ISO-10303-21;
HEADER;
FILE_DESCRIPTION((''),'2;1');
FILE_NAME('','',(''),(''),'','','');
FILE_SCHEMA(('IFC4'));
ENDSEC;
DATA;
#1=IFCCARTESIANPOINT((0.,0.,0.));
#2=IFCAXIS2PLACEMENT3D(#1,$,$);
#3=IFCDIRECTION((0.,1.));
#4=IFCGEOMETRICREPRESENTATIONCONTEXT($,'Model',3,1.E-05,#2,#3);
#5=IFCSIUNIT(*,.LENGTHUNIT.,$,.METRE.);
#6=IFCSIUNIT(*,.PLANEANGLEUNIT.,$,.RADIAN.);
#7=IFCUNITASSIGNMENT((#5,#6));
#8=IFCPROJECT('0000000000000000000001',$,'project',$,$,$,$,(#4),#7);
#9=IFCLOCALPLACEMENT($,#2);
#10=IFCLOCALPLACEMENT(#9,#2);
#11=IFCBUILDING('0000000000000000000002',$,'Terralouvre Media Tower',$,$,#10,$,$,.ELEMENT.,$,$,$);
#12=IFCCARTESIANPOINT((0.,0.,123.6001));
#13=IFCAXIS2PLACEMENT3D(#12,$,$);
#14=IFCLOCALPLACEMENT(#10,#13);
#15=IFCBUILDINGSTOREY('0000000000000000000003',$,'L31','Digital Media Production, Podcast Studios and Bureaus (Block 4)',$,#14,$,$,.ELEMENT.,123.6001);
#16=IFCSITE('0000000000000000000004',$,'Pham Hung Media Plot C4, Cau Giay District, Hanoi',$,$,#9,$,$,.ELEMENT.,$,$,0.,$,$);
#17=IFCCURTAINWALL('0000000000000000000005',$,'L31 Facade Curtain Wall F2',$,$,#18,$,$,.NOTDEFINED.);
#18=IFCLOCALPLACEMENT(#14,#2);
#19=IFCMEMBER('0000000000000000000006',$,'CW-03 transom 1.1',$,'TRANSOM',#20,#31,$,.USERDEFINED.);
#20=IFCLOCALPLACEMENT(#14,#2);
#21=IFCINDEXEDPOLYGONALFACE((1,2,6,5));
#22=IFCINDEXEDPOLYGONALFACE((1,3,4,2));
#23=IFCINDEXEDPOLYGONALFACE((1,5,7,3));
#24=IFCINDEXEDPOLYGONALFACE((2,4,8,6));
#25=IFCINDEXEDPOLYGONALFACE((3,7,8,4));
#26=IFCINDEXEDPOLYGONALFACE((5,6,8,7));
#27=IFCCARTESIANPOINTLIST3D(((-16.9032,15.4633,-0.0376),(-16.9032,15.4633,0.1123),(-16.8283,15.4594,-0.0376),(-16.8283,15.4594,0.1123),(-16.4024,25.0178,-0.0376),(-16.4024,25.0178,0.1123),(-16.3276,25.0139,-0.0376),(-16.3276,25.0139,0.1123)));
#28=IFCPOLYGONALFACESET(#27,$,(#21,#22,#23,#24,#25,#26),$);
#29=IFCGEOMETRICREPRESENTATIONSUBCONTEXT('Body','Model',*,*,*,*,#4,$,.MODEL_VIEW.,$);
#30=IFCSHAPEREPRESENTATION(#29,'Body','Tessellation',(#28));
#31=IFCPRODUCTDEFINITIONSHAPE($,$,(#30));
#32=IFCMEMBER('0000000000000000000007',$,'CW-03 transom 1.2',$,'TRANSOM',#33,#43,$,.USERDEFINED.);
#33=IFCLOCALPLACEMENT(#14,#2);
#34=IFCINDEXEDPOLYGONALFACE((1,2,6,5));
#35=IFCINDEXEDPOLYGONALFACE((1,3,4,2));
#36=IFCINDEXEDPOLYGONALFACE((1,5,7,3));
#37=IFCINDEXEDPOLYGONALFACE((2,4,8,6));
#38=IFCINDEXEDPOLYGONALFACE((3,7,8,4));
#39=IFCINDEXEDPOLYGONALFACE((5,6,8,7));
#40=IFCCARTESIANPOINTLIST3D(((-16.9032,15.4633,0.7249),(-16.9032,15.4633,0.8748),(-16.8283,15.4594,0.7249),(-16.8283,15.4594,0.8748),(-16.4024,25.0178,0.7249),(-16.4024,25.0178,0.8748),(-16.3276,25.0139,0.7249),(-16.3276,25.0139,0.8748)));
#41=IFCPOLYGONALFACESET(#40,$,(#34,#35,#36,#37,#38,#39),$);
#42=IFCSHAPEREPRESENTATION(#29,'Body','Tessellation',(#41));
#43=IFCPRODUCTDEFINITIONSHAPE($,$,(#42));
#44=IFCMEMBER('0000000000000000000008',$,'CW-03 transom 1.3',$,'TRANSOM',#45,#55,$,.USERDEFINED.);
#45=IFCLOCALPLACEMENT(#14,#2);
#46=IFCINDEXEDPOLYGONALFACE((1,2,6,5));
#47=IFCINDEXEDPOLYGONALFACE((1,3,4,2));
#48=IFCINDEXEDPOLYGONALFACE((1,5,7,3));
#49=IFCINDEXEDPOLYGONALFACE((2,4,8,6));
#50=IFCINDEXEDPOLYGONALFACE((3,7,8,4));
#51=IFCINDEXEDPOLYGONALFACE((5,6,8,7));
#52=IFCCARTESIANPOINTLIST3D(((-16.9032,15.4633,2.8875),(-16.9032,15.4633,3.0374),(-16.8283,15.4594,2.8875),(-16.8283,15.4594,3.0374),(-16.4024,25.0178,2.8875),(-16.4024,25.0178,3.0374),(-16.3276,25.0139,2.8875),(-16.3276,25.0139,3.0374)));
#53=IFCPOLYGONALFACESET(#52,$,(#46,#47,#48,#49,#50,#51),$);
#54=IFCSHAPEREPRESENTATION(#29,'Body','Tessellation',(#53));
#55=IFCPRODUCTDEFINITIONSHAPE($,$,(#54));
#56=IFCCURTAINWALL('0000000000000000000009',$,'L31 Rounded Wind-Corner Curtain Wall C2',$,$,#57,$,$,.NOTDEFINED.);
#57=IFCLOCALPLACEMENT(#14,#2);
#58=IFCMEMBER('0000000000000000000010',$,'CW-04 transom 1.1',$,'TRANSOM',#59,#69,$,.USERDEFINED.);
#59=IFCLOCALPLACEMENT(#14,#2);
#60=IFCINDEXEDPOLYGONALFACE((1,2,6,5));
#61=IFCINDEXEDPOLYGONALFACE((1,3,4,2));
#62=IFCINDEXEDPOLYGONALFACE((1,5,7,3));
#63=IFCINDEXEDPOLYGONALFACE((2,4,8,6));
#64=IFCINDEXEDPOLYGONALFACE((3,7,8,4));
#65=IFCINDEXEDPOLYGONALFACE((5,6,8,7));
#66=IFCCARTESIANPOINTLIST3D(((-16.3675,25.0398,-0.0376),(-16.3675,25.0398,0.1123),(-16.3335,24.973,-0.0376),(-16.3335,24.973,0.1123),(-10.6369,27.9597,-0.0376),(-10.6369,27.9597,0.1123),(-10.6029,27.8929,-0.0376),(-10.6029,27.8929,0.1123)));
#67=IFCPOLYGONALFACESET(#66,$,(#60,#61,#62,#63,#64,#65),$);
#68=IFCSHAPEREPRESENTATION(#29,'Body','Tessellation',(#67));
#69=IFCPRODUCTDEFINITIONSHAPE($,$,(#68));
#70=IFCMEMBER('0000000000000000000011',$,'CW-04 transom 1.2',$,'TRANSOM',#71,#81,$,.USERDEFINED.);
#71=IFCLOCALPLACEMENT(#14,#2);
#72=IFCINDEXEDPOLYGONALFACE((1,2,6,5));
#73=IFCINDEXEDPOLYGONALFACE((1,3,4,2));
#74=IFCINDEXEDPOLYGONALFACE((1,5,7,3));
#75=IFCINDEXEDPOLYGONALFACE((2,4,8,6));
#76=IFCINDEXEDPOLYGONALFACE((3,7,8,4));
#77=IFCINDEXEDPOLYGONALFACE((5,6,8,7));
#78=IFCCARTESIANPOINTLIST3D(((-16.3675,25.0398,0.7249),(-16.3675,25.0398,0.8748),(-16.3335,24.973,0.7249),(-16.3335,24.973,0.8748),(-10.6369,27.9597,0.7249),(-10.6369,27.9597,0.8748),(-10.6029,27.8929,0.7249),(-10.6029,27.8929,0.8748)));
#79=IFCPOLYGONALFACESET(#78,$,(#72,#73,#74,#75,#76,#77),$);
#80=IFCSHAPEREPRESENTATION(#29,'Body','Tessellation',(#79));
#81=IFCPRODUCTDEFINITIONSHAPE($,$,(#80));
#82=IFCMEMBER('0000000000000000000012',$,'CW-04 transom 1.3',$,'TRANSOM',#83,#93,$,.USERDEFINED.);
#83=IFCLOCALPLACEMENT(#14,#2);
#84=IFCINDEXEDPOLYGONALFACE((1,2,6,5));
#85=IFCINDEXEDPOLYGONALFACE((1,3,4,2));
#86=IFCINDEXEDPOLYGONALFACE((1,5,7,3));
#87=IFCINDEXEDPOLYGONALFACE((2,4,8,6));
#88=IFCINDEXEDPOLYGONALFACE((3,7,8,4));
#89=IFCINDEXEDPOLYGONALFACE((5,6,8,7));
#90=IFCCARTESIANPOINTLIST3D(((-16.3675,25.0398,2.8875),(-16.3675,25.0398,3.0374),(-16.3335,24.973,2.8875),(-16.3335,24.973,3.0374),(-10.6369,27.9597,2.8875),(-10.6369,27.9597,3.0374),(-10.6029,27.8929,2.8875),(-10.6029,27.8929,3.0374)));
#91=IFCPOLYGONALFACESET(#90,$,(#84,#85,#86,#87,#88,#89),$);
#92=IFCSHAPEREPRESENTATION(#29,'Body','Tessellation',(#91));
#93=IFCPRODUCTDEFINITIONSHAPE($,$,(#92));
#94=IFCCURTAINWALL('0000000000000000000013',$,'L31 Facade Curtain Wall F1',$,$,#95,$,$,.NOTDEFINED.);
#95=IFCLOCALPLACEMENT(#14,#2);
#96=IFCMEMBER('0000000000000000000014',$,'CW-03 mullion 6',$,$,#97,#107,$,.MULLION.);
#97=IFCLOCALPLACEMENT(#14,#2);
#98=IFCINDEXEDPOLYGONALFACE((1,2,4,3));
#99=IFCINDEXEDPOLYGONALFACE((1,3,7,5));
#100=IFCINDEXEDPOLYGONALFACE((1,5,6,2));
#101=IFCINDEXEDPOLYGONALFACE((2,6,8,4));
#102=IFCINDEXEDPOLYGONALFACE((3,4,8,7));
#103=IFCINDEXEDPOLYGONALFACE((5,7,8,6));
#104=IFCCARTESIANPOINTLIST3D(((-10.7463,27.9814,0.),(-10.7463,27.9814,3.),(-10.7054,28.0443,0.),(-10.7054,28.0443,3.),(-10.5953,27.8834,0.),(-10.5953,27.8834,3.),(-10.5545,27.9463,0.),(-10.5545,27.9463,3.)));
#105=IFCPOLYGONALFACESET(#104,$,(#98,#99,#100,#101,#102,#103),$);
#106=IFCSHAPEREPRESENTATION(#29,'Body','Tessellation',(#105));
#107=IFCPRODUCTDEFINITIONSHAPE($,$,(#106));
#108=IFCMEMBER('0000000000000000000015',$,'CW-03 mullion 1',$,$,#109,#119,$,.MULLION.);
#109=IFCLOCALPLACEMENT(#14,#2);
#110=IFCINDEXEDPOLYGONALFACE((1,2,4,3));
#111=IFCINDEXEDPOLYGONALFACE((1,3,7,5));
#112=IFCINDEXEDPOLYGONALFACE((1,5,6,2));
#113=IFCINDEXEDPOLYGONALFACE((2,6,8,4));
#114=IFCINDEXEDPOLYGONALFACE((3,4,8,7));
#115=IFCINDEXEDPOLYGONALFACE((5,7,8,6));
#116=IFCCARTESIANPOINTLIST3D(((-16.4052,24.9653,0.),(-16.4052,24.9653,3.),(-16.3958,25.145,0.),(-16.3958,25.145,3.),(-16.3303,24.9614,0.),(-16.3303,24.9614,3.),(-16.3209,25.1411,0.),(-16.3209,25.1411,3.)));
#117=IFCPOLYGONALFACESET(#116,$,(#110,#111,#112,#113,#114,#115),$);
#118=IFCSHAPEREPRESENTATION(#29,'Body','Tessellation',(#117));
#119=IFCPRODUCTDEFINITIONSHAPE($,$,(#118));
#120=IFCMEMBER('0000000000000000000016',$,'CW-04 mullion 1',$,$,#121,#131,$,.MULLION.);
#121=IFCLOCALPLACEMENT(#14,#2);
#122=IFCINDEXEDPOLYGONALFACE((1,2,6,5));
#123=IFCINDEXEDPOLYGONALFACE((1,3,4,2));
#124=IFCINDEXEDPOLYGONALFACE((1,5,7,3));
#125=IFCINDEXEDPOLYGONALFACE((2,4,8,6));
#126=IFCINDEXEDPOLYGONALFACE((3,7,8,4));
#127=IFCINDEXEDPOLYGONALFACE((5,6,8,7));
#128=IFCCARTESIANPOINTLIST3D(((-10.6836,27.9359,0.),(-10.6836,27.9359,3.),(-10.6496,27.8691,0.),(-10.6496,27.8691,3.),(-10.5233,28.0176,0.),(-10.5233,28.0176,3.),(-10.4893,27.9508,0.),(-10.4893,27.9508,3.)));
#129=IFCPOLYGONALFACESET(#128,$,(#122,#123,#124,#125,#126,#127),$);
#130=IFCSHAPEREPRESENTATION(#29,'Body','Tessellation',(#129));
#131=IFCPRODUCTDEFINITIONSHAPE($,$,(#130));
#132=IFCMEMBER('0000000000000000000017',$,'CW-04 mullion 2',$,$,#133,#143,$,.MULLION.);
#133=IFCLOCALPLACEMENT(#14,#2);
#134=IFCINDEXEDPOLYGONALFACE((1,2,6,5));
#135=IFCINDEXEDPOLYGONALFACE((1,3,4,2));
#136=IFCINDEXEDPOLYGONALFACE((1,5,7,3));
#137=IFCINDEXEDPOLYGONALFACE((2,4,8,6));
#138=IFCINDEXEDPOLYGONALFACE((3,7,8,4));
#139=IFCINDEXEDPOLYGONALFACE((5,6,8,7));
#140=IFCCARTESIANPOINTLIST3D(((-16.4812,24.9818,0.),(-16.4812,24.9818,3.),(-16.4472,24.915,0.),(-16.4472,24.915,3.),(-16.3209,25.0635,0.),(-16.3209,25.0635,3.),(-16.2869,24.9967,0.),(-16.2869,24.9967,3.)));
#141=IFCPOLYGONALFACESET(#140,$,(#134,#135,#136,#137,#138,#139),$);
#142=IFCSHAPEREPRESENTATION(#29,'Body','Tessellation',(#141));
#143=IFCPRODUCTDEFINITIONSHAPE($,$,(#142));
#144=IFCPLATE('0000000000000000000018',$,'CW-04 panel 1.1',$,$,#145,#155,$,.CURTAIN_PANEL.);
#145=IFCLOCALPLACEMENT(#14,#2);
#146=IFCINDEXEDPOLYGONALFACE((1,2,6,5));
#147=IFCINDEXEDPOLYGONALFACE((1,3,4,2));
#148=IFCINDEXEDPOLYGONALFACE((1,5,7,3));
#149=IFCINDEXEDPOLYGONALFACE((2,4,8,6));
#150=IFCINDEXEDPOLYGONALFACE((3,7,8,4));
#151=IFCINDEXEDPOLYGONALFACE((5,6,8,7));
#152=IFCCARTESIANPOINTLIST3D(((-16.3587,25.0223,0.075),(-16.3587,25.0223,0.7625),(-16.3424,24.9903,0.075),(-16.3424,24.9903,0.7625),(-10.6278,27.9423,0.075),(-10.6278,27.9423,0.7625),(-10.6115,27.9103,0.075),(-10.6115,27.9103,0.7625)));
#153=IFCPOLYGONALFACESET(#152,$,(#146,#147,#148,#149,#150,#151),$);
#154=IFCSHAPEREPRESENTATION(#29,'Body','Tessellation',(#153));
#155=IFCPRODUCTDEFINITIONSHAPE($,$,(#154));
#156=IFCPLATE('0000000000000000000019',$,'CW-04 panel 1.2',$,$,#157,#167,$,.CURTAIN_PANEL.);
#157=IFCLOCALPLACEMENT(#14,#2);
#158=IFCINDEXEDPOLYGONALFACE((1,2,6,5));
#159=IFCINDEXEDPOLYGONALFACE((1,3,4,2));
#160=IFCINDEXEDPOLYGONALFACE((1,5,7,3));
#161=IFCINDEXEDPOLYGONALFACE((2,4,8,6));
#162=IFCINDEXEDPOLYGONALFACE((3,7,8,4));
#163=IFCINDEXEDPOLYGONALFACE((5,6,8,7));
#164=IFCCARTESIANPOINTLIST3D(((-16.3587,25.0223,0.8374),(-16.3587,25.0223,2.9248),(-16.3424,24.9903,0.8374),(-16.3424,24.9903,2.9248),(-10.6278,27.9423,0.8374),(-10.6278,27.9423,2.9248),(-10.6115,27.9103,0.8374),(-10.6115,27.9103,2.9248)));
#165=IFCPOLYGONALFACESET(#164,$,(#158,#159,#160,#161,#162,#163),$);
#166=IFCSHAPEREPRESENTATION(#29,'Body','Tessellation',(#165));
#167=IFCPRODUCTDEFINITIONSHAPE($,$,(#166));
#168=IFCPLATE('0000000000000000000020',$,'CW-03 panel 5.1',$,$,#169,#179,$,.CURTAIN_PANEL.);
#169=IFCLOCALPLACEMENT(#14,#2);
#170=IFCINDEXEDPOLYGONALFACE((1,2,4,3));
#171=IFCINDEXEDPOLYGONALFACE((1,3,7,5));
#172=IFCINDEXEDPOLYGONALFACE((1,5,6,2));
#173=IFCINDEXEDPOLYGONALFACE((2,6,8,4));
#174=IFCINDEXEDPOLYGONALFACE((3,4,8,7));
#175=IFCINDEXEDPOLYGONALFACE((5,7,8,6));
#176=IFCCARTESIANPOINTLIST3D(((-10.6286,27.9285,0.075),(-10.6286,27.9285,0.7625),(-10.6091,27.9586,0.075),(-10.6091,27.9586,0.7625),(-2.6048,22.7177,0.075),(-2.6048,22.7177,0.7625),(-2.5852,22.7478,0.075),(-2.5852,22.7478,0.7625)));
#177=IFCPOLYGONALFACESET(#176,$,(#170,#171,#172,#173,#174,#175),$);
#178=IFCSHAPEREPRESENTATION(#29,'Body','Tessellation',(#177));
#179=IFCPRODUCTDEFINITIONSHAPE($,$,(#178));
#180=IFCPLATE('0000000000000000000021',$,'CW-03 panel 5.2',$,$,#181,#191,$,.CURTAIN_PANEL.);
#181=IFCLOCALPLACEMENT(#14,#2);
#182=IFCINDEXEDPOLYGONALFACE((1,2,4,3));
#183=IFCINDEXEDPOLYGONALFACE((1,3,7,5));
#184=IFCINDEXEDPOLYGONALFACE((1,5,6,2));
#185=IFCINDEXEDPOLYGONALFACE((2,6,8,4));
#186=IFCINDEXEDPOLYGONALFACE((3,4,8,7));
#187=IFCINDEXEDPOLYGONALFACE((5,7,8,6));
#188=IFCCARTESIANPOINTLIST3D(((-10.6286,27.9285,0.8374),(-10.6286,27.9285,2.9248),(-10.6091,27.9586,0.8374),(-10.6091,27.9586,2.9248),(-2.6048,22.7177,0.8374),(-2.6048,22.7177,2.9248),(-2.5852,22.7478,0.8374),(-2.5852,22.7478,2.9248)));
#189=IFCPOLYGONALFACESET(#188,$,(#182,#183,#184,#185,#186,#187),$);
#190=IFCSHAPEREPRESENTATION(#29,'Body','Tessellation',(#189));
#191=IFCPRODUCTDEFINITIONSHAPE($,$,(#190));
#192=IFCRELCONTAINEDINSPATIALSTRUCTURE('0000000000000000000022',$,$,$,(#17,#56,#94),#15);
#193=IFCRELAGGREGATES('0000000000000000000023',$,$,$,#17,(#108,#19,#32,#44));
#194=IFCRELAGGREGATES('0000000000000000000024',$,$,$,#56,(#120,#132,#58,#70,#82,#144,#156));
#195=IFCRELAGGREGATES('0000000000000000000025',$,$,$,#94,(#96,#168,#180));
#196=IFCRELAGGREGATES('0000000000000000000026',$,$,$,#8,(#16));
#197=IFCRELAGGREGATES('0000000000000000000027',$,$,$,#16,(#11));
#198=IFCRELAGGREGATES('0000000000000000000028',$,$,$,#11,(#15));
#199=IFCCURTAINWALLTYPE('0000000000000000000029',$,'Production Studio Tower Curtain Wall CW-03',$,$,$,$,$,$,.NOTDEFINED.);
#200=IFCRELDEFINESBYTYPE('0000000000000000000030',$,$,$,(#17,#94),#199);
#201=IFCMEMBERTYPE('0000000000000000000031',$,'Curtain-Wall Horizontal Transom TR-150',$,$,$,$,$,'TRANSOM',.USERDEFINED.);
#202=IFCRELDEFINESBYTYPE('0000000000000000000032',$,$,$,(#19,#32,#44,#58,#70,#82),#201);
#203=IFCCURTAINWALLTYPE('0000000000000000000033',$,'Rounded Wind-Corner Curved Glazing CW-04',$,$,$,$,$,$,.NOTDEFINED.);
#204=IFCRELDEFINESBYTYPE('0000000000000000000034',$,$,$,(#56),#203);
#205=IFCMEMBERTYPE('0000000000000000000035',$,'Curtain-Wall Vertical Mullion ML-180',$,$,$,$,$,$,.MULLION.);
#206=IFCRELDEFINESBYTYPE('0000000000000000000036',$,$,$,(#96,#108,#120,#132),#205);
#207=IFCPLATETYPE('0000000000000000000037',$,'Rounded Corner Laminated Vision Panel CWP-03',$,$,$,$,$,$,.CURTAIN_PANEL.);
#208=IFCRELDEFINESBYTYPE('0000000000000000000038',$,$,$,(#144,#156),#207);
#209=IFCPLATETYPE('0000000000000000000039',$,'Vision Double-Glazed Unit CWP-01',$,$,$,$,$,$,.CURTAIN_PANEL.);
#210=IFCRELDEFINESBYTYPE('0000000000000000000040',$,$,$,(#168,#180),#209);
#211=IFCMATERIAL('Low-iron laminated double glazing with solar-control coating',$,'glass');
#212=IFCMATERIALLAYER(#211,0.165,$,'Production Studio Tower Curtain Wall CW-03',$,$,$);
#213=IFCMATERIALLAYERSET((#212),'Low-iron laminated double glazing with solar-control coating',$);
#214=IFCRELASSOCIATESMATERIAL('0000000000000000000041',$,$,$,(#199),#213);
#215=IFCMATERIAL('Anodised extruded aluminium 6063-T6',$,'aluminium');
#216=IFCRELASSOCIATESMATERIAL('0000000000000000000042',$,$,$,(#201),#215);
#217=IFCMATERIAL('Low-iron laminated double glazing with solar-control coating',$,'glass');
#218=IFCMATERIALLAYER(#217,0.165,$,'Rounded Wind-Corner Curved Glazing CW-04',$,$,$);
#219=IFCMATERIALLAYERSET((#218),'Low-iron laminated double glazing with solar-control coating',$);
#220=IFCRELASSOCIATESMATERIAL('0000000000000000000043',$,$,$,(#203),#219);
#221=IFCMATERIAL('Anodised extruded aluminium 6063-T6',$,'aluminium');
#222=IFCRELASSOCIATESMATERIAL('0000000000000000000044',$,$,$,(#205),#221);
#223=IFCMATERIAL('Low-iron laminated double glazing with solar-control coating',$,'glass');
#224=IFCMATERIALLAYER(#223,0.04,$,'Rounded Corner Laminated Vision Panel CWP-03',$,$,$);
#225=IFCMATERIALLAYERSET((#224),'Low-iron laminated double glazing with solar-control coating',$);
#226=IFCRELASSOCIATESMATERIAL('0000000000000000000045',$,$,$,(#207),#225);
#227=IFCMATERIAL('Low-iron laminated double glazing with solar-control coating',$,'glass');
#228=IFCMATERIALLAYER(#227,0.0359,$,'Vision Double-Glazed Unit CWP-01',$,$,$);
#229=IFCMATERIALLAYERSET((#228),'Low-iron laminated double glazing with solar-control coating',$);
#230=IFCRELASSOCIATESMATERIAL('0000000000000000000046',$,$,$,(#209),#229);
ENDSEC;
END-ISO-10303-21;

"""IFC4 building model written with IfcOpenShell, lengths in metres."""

from ifc_helpers import new_model, si_unit, direction, frame, origin, origin_2d, place, context, subcontext, project, spatial, rectangle, extrude, material, layer, layer_set, material_profile, profile_set, type_object, element, aggregate, save


model = new_model("IFC4")

# Units and contexts
model_context = context("Model", 3, precision=1e-05, world=origin(), true_north=direction((0.0, 1.0)))
body_context = subcontext(model_context, "Body", "Model", "MODEL_VIEW")
ifc_project = project(units=[si_unit("LENGTHUNIT", "METRE"), si_unit("PLANEANGLEUNIT", "RADIAN")], contexts=[model_context])

# Site, building, storey
site_placement = place(None, origin())
site = spatial("IfcSite", under=ifc_project, at=site_placement, Name="Pham Hung Media Plot C4, Cau Giay District, Hanoi", CompositionType="ELEMENT", RefElevation=0.0)
building_placement = place(site_placement, origin())
building = spatial("IfcBuilding", under=site, at=building_placement, Name="Terralouvre Media Tower", CompositionType="ELEMENT")
storey_placement = place(building_placement, frame((0.0, 0.0, 123.6001)))
storey = spatial("IfcBuildingStorey", under=building, at=storey_placement, Name="L31", Description="Digital Media Production, Podcast Studios and Bureaus (Block 4)", CompositionType="ELEMENT", Elevation=123.6001)

# Curtain walls, members
ifc_material_1 = material(Name="Low-iron laminated double glazing with solar-control coating", Category="glass")
ifc_layer_1 = layer(ifc_material_1, 0.165, Name="Production Studio Tower Curtain Wall CW-03")
ifc_layer_set_1 = layer_set([ifc_layer_1], Name="Low-iron laminated double glazing with solar-control coating")
curtain_wall_type_1 = type_object("IfcCurtainWallType", Name="Production Studio Tower Curtain Wall CW-03", PredefinedType="NOTDEFINED", material=ifc_layer_set_1)
curtain_wall_1_placement = place(storey_placement, origin())
curtain_wall_1 = element("IfcCurtainWall", 1, at=curtain_wall_1_placement, inside=storey, type_object=curtain_wall_type_1, Name="L31 Facade Curtain Wall F2", PredefinedType="NOTDEFINED")
ifc_material_2 = material(Name="Anodised extruded aluminium 6063-T6", Category="aluminium")
ifc_material_profile_1 = material_profile(ifc_material_2, rectangle(XDim=0.075, YDim=0.1499, at=origin_2d()), Name="ALU 75x150")
ifc_profile_set_1 = profile_set([ifc_material_profile_1], Name="Anodised extruded aluminium 6063-T6")
member_type_1 = type_object("IfcMemberType", Name="Curtain-Wall Horizontal Transom TR-150", ElementType="TRANSOM", PredefinedType="USERDEFINED", material=ifc_profile_set_1)
member_1_placement = place(storey_placement, frame((-16.365, 25.0159, 0.0374), z_axis=(-0.052337, -0.99863, 0.0), x_axis=(0.99863, -0.052337, 0.0)))
member_1 = element("IfcMember", 2, at=member_1_placement, type_object=member_type_1, Name="CW-03 transom 1.1", ObjectType="TRANSOM", PredefinedType="USERDEFINED", context=body_context, shape_type="SweptSolid", body=[
    extrude(rectangle(XDim=0.075, YDim=0.1499, at=origin_2d()), origin(), (0.0, 0.0, 1.0), 9.5676),
])
member_2_placement = place(storey_placement, frame((-16.365, 25.0159, 0.7998), z_axis=(-0.052337, -0.99863, 0.0), x_axis=(0.99863, -0.052337, 0.0)))
member_2 = element("IfcMember", 3, at=member_2_placement, type_object=member_type_1, Name="CW-03 transom 1.2", ObjectType="TRANSOM", PredefinedType="USERDEFINED", context=body_context, shape_type="SweptSolid", body=[
    extrude(rectangle(XDim=0.075, YDim=0.1499, at=origin_2d()), origin(), (0.0, 0.0, 1.0), 9.5676),
])
member_3_placement = place(storey_placement, frame((-16.365, 25.0159, 2.9624), z_axis=(-0.052337, -0.99863, 0.0), x_axis=(0.99863, -0.052337, 0.0)))
member_3 = element("IfcMember", 4, at=member_3_placement, type_object=member_type_1, Name="CW-03 transom 1.3", ObjectType="TRANSOM", PredefinedType="USERDEFINED", context=body_context, shape_type="SweptSolid", body=[
    extrude(rectangle(XDim=0.075, YDim=0.1499, at=origin_2d()), origin(), (0.0, 0.0, 1.0), 9.5676),
])
ifc_material_3 = material(Name="Low-iron laminated double glazing with solar-control coating", Category="glass")
ifc_layer_2 = layer(ifc_material_3, 0.165, Name="Rounded Wind-Corner Curved Glazing CW-04")
ifc_layer_set_2 = layer_set([ifc_layer_2], Name="Low-iron laminated double glazing with solar-control coating")
curtain_wall_type_2 = type_object("IfcCurtainWallType", Name="Rounded Wind-Corner Curved Glazing CW-04", PredefinedType="NOTDEFINED", material=ifc_layer_set_2)
curtain_wall_2_placement = place(storey_placement, origin())
curtain_wall_2 = element("IfcCurtainWall", 5, at=curtain_wall_2_placement, inside=storey, type_object=curtain_wall_type_2, Name="L31 Rounded Wind-Corner Curtain Wall C2", PredefinedType="NOTDEFINED")
member_4_placement = place(storey_placement, frame((-10.6199, 27.9263, 0.0374), z_axis=(-0.891008, -0.453988, 0.0), x_axis=(0.453988, -0.891008, 0.0)))
member_4 = element("IfcMember", 6, at=member_4_placement, type_object=member_type_1, Name="CW-04 transom 1.1", ObjectType="TRANSOM", PredefinedType="USERDEFINED", context=body_context, shape_type="SweptSolid", body=[
    extrude(rectangle(XDim=0.075, YDim=0.1499, at=origin_2d()), origin(), (0.0, 0.0, 1.0), 6.4316),
])
member_5_placement = place(storey_placement, frame((-10.6199, 27.9263, 0.7998), z_axis=(-0.891008, -0.453988, 0.0), x_axis=(0.453988, -0.891008, 0.0)))
member_5 = element("IfcMember", 7, at=member_5_placement, type_object=member_type_1, Name="CW-04 transom 1.2", ObjectType="TRANSOM", PredefinedType="USERDEFINED", context=body_context, shape_type="SweptSolid", body=[
    extrude(rectangle(XDim=0.075, YDim=0.1499, at=origin_2d()), origin(), (0.0, 0.0, 1.0), 6.4316),
])
member_6_placement = place(storey_placement, frame((-10.6199, 27.9263, 2.9624), z_axis=(-0.891008, -0.453988, 0.0), x_axis=(0.453988, -0.891008, 0.0)))
member_6 = element("IfcMember", 8, at=member_6_placement, type_object=member_type_1, Name="CW-04 transom 1.3", ObjectType="TRANSOM", PredefinedType="USERDEFINED", context=body_context, shape_type="SweptSolid", body=[
    extrude(rectangle(XDim=0.075, YDim=0.1499, at=origin_2d()), origin(), (0.0, 0.0, 1.0), 6.4316),
])

# Curtain wall, member
curtain_wall_3_placement = place(storey_placement, origin())
curtain_wall_3 = element("IfcCurtainWall", 9, at=curtain_wall_3_placement, inside=storey, type_object=curtain_wall_type_1, Name="L31 Facade Curtain Wall F1", PredefinedType="NOTDEFINED")
ifc_material_4 = material(Name="Anodised extruded aluminium 6063-T6", Category="aluminium")
ifc_material_profile_2 = material_profile(ifc_material_4, rectangle(XDim=0.075, YDim=0.1799, at=origin_2d()), Name="ALU 75x180")
ifc_profile_set_2 = profile_set([ifc_material_profile_2], Name="Anodised extruded aluminium 6063-T6")
member_type_2 = type_object("IfcMemberType", Name="Curtain-Wall Vertical Mullion ML-180", PredefinedType="MULLION", material=ifc_profile_set_2)
member_7_placement = place(storey_placement, frame((-10.6504, 27.9639, 0.0), z_axis=(0.0, 0.0, 1.0), x_axis=(-0.544639, -0.838671, 0.0)))
member_7 = element("IfcMember", 10, at=member_7_placement, type_object=member_type_2, Name="CW-03 mullion 6", PredefinedType="MULLION", context=body_context, shape_type="SweptSolid", body=[
    extrude(rectangle(XDim=0.075, YDim=0.1799, at=origin_2d()), origin(), (0.0, 0.0, 1.0), 3.0),
])

# Members
member_8_placement = place(storey_placement, frame((-16.363, 25.0532, 0.0), z_axis=(0.0, 0.0, 1.0), x_axis=(0.99863, -0.052336, 0.0)))
member_8 = element("IfcMember", 11, at=member_8_placement, type_object=member_type_2, Name="CW-03 mullion 1", PredefinedType="MULLION", context=body_context, shape_type="SweptSolid", body=[
    extrude(rectangle(XDim=0.075, YDim=0.1799, at=origin_2d()), origin(), (0.0, 0.0, 1.0), 3.0),
])
aggregate(curtain_wall_1, [member_8, member_1, member_2, member_3])
member_9_placement = place(storey_placement, frame((-10.5864, 27.9434, 0.0), z_axis=(0.0, 0.0, 1.0), x_axis=(0.45399, -0.891007, 0.0)))
member_9 = element("IfcMember", 12, at=member_9_placement, type_object=member_type_2, Name="CW-04 mullion 1", PredefinedType="MULLION", context=body_context, shape_type="SweptSolid", body=[
    extrude(rectangle(XDim=0.075, YDim=0.1799, at=origin_2d()), origin(), (0.0, 0.0, 1.0), 3.0),
])
member_10_placement = place(storey_placement, frame((-16.384, 24.9893, 0.0), z_axis=(0.0, 0.0, 1.0), x_axis=(0.45399, -0.891007, 0.0)))
member_10 = element("IfcMember", 13, at=member_10_placement, type_object=member_type_2, Name="CW-04 mullion 2", PredefinedType="MULLION", context=body_context, shape_type="SweptSolid", body=[
    extrude(rectangle(XDim=0.075, YDim=0.1799, at=origin_2d()), origin(), (0.0, 0.0, 1.0), 3.0),
])

# Plates
ifc_material_5 = material(Name="Low-iron laminated double glazing with solar-control coating", Category="glass")
ifc_layer_3 = layer(ifc_material_5, 0.04, Name="Rounded Corner Laminated Vision Panel CWP-03")
ifc_layer_set_3 = layer_set([ifc_layer_3], Name="Low-iron laminated double glazing with solar-control coating")
plate_type_1 = type_object("IfcPlateType", Name="Rounded Corner Laminated Vision Panel CWP-03", PredefinedType="CURTAIN_PANEL", material=ifc_layer_set_3)
plate_1_placement = place(storey_placement, frame((-13.4851, 26.4663, 0.075), z_axis=(0.0, 0.0, 1.0), x_axis=(-0.891007, -0.45399, 0.0)))
plate_1 = element("IfcPlate", 14, at=plate_1_placement, type_object=plate_type_1, Name="CW-04 panel 1.1", PredefinedType="CURTAIN_PANEL", context=body_context, shape_type="SweptSolid", body=[
    extrude(rectangle(XDim=6.4319, YDim=0.0359, at=origin_2d()), origin(), (0.0, 0.0, 1.0), 0.6875),
])
plate_2_placement = place(storey_placement, frame((-13.4851, 26.4663, 0.8374), z_axis=(0.0, 0.0, 1.0), x_axis=(-0.891007, -0.45399, 0.0)))
plate_2 = element("IfcPlate", 15, at=plate_2_placement, type_object=plate_type_1, Name="CW-04 panel 1.2", PredefinedType="CURTAIN_PANEL", context=body_context, shape_type="SweptSolid", body=[
    extrude(rectangle(XDim=6.4319, YDim=0.0359, at=origin_2d()), origin(), (0.0, 0.0, 1.0), 2.0874),
])
aggregate(curtain_wall_2, [member_9, member_10, member_4, member_5, member_6, plate_1, plate_2])
ifc_material_6 = material(Name="Low-iron laminated double glazing with solar-control coating", Category="glass")
ifc_layer_4 = layer(ifc_material_6, 0.0359, Name="Vision Double-Glazed Unit CWP-01")
ifc_layer_set_4 = layer_set([ifc_layer_4], Name="Low-iron laminated double glazing with solar-control coating")
plate_type_2 = type_object("IfcPlateType", Name="Vision Double-Glazed Unit CWP-01", PredefinedType="CURTAIN_PANEL", material=ifc_layer_set_4)
plate_3_placement = place(storey_placement, frame((-6.6069, 25.3381, 0.075), z_axis=(0.0, 0.0, 1.0), x_axis=(-0.838671, 0.544639, 0.0)))
plate_3 = element("IfcPlate", 16, at=plate_3_placement, type_object=plate_type_2, Name="CW-03 panel 5.1", PredefinedType="CURTAIN_PANEL", context=body_context, shape_type="SweptSolid", body=[
    extrude(rectangle(XDim=9.5674, YDim=0.0359, at=origin_2d()), origin(), (0.0, 0.0, 1.0), 0.6875),
])
plate_4_placement = place(storey_placement, frame((-6.6069, 25.3381, 0.8374), z_axis=(0.0, 0.0, 1.0), x_axis=(-0.838671, 0.544639, 0.0)))
plate_4 = element("IfcPlate", 17, at=plate_4_placement, type_object=plate_type_2, Name="CW-03 panel 5.2", PredefinedType="CURTAIN_PANEL", context=body_context, shape_type="SweptSolid", body=[
    extrude(rectangle(XDim=9.5674, YDim=0.0359, at=origin_2d()), origin(), (0.0, 0.0, 1.0), 2.0874),
])
aggregate(curtain_wall_3, [member_7, plate_3, plate_4])

save(model, "model.ifc")
